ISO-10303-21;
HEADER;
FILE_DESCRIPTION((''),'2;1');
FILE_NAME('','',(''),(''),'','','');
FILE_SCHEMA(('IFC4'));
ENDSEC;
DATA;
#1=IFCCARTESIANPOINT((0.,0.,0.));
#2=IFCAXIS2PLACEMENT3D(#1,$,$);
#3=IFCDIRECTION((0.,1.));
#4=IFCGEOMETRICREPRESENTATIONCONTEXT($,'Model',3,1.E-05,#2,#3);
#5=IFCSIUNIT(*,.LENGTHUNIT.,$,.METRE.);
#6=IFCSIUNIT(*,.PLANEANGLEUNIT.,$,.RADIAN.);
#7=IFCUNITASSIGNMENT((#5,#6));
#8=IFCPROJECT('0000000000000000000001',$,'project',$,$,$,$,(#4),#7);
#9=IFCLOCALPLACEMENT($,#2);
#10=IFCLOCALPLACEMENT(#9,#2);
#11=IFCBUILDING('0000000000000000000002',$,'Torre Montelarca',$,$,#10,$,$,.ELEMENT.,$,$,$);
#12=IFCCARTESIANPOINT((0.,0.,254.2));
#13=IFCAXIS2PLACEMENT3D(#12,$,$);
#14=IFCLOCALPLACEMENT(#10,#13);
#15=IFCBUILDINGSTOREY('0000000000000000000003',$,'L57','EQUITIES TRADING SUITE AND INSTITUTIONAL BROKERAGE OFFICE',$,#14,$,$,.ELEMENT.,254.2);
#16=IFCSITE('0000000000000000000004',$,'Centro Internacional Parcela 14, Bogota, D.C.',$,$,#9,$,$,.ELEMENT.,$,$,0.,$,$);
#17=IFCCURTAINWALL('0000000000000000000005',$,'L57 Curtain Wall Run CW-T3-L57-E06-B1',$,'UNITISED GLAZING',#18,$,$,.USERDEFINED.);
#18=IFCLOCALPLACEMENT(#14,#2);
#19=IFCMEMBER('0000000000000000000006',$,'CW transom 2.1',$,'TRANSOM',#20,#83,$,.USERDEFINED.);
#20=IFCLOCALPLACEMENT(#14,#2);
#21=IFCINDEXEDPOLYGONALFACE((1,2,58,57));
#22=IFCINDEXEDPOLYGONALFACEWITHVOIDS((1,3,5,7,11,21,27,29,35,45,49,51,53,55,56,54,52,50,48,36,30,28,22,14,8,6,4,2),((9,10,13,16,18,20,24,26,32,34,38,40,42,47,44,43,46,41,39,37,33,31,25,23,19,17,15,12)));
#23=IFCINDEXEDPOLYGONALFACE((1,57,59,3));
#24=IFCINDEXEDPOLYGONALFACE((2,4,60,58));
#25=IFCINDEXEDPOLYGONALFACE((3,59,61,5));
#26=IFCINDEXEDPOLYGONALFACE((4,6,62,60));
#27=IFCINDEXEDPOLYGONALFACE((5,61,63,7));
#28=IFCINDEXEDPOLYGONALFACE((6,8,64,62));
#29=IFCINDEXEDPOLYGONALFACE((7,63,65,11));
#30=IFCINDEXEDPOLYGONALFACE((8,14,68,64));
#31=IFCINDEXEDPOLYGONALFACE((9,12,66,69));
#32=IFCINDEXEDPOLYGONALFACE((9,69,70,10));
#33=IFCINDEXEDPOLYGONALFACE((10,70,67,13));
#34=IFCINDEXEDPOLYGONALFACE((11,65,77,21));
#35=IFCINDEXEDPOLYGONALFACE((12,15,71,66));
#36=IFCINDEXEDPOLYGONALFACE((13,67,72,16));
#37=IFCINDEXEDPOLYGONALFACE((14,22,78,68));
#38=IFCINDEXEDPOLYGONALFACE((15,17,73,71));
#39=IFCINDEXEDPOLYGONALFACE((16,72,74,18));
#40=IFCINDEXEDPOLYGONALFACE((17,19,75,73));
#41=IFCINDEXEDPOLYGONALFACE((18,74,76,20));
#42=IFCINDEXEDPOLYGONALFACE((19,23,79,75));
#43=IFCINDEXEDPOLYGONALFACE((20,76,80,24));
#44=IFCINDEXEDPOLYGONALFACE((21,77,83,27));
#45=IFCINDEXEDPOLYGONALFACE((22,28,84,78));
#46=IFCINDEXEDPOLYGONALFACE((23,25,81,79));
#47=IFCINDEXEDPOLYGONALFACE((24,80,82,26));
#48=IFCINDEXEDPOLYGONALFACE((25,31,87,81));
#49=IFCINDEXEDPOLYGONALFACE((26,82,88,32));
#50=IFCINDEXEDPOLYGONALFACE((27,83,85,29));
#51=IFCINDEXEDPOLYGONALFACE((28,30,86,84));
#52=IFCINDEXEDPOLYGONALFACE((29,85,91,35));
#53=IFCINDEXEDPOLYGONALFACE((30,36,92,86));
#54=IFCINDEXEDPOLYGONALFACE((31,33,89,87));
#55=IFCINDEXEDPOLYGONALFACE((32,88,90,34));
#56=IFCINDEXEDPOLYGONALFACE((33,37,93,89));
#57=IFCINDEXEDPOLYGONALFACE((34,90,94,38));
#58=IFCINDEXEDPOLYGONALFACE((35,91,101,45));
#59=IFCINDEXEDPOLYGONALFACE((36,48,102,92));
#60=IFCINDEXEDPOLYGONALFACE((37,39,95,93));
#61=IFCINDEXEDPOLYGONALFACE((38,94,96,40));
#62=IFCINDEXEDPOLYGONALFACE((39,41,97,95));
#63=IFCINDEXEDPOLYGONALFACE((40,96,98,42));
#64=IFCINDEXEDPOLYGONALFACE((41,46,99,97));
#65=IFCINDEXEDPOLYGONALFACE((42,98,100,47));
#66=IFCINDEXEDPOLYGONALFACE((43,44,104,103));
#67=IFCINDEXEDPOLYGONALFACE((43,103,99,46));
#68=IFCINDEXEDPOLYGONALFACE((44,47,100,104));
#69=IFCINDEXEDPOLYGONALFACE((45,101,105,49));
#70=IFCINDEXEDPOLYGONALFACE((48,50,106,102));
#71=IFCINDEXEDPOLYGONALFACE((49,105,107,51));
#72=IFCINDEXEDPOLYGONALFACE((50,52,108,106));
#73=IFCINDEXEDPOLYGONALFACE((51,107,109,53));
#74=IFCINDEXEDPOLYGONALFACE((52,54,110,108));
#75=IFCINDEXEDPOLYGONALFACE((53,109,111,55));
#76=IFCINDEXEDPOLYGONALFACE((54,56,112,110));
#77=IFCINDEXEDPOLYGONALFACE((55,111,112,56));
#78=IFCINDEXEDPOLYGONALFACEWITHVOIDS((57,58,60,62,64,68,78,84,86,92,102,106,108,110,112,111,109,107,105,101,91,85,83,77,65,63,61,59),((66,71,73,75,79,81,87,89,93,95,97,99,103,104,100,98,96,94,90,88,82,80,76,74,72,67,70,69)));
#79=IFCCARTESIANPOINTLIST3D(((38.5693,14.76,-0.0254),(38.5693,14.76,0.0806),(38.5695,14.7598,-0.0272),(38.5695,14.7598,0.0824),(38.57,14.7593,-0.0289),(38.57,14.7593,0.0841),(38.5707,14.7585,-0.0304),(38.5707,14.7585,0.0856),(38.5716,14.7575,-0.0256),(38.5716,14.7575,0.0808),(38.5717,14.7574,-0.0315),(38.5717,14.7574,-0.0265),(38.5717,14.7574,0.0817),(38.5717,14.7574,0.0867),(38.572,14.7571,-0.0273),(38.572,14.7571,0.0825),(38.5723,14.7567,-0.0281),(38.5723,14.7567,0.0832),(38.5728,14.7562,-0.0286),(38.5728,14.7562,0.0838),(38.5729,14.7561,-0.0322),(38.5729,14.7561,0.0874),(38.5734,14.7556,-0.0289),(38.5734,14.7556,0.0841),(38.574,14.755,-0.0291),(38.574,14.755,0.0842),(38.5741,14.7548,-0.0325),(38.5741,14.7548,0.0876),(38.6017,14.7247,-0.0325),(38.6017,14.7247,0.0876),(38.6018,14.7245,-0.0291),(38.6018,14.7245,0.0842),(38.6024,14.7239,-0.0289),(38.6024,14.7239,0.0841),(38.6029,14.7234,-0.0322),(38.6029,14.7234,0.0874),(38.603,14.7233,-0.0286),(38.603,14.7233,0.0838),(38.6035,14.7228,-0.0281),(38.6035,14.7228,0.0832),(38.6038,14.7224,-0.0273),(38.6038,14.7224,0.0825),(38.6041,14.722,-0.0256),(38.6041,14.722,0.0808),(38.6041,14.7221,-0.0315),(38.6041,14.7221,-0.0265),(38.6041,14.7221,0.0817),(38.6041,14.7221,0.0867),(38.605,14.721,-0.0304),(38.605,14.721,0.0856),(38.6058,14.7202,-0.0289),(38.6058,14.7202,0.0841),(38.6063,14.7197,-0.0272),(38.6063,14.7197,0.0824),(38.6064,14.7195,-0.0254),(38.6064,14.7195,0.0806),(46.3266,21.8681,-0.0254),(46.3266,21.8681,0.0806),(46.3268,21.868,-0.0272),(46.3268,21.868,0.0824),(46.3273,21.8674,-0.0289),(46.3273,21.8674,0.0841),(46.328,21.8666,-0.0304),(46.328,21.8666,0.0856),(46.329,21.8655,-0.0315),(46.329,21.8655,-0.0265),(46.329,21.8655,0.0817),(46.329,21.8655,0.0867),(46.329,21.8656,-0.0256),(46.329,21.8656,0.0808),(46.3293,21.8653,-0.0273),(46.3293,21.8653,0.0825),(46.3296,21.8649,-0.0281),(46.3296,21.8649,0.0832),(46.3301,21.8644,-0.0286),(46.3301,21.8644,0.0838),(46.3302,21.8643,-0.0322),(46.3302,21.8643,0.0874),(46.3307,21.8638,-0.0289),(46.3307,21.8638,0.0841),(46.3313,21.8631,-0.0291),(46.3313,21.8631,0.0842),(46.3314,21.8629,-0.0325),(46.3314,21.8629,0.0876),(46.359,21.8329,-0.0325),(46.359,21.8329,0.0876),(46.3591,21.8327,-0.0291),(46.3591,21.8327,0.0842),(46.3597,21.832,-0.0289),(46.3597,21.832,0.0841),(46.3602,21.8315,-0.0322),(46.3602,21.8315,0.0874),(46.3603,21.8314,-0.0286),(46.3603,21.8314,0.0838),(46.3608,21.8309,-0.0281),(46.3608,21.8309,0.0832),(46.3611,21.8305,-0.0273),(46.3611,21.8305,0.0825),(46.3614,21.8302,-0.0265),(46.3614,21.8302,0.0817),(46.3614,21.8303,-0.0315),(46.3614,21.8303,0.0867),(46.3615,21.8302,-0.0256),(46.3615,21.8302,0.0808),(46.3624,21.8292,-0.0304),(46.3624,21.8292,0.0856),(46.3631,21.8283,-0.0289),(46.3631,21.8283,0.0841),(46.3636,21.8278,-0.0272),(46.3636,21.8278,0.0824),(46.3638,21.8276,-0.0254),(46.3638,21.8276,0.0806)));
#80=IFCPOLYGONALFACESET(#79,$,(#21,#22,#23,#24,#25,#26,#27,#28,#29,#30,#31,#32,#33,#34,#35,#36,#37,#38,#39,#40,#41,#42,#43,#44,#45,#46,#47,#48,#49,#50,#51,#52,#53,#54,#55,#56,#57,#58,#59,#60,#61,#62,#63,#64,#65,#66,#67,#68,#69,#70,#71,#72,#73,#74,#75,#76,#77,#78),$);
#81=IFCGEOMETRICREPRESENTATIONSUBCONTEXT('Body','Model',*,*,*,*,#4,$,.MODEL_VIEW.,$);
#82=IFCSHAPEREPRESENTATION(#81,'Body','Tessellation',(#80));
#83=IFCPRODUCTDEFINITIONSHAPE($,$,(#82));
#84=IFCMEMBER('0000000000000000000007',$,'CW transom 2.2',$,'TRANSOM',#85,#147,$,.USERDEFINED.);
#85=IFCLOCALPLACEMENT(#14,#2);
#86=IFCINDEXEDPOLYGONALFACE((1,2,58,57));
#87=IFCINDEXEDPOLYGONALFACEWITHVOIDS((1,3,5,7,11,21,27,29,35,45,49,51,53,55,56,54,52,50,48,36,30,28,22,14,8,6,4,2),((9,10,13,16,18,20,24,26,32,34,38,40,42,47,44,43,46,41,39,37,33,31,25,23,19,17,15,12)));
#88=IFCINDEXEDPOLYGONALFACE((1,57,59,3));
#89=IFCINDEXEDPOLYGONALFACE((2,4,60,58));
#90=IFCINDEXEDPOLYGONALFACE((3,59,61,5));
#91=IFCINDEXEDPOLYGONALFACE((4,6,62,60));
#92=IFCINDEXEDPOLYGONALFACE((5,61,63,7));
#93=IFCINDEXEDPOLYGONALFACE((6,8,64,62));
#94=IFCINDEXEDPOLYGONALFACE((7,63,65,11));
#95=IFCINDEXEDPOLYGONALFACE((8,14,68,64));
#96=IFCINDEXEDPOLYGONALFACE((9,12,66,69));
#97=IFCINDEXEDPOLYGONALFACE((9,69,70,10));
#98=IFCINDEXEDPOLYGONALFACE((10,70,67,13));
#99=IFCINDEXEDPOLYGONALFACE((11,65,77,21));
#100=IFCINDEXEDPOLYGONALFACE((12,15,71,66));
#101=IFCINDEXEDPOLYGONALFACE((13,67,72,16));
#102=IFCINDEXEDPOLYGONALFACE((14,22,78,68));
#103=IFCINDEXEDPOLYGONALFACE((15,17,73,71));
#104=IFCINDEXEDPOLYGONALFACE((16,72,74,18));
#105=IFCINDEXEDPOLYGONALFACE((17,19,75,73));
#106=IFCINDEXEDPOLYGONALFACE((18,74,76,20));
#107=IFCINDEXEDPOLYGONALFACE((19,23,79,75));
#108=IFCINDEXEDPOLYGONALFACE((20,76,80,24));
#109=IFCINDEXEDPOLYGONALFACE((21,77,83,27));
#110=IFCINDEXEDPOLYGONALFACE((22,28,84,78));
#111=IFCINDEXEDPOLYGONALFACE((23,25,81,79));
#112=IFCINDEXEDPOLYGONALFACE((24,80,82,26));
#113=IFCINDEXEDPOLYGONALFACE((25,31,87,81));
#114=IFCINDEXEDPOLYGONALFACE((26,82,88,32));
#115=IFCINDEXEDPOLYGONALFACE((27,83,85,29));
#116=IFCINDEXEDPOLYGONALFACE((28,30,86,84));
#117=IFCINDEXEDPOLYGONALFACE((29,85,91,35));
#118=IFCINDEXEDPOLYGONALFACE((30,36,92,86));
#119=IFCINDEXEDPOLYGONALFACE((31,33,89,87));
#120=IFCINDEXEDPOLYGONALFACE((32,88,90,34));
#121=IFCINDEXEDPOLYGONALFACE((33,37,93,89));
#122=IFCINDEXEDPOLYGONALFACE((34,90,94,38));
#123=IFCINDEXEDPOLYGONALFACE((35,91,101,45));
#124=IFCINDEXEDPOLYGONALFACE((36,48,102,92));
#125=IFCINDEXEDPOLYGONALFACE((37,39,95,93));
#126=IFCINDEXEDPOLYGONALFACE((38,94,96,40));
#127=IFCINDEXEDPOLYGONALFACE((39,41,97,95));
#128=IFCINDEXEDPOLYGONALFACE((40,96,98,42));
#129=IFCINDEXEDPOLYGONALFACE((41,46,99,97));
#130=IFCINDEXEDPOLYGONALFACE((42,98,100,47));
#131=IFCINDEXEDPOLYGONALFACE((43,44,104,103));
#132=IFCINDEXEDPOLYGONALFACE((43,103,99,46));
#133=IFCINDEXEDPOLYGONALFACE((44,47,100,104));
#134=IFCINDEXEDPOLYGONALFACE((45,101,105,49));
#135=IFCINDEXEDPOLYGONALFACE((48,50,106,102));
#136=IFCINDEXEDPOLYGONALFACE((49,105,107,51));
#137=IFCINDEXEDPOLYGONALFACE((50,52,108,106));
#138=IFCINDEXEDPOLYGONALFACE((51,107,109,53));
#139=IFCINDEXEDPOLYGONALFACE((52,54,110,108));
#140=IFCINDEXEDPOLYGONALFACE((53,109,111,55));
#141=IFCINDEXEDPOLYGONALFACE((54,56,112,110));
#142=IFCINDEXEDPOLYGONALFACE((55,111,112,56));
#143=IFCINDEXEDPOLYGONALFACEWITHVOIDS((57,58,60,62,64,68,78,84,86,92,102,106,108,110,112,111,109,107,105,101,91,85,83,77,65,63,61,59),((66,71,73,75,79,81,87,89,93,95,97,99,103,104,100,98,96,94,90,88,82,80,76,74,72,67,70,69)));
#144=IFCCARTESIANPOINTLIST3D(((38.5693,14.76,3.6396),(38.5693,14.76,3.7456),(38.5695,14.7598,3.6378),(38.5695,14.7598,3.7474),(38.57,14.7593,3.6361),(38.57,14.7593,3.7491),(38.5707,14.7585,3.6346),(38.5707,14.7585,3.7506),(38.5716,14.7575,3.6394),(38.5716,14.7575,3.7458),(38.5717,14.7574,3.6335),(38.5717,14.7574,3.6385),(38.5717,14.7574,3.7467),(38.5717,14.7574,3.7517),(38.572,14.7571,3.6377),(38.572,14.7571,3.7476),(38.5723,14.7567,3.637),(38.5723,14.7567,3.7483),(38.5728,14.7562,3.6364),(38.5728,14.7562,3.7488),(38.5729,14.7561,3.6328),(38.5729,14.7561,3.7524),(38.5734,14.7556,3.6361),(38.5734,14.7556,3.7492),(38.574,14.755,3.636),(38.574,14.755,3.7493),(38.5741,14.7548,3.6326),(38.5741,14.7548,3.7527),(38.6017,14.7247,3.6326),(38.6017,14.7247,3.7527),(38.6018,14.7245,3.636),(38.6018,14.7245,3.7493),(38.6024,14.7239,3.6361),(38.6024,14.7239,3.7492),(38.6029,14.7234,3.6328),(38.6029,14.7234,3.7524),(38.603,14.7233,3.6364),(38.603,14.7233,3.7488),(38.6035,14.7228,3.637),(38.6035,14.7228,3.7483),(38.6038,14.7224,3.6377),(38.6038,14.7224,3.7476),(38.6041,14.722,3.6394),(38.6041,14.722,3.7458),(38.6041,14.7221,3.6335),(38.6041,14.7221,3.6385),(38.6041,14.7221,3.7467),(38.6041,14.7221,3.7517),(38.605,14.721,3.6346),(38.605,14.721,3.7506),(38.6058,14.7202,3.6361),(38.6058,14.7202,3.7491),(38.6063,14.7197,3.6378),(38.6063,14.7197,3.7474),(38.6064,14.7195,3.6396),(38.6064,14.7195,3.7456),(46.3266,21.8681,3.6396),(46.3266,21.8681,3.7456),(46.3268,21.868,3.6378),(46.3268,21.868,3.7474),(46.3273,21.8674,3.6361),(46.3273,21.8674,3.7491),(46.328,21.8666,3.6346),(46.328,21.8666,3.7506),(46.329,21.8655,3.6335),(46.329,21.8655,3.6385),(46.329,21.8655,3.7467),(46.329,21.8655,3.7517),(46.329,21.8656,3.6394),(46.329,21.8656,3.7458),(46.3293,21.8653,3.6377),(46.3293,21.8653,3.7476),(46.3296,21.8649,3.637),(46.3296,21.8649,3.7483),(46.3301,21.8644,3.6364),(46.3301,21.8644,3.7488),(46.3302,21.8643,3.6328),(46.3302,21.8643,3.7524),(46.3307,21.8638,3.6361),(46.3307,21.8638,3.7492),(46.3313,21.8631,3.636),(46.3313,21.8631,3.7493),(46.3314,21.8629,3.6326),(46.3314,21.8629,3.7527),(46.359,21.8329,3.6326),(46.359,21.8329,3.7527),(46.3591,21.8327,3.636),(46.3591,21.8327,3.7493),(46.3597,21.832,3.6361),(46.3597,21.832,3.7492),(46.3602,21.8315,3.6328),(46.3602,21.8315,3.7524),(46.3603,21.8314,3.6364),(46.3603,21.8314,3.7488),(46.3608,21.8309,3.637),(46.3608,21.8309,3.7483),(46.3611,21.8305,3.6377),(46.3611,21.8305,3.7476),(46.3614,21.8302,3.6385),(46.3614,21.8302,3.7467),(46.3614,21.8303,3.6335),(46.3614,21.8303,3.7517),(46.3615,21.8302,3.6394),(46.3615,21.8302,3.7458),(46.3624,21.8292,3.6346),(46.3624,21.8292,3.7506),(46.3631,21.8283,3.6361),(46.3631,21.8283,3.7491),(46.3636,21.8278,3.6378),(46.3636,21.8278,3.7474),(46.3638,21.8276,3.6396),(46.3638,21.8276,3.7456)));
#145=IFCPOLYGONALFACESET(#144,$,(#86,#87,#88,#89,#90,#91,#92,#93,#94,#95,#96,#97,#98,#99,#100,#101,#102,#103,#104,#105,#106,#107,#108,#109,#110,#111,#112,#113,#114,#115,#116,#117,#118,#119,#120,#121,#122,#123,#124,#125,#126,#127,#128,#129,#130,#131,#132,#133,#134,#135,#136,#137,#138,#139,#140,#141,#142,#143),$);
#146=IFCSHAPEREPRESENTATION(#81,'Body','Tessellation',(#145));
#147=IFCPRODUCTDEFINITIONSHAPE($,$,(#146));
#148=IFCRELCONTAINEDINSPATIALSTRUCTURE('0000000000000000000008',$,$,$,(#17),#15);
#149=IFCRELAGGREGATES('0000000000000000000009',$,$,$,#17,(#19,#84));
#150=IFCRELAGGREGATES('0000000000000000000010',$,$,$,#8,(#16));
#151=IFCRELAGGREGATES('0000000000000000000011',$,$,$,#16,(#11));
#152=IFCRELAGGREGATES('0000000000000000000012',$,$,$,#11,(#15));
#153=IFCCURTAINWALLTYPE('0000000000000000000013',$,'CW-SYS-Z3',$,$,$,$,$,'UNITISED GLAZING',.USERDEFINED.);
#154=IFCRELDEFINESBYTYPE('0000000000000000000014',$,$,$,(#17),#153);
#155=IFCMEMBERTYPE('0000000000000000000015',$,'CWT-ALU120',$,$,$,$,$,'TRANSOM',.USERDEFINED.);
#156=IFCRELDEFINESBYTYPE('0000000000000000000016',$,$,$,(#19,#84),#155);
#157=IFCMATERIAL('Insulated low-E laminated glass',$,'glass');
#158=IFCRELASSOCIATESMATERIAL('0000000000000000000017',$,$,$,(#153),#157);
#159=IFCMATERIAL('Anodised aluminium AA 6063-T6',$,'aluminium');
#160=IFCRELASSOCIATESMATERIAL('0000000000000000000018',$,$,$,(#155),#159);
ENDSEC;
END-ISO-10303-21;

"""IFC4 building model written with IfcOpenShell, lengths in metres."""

from ifc_helpers import new_model, si_unit, direction, frame, origin, origin_2d, place, context, subcontext, project, spatial, hollow_rectangle, extrude, source, transform, mapped, material, material_profile, profile_set, type_object, element, aggregate, save


model = new_model("IFC4")

# Units and contexts
model_context = context("Model", 3, precision=1e-05, world=origin(), true_north=direction((0.0, 1.0)))
body_context = subcontext(model_context, "Body", "Model", "MODEL_VIEW")
ifc_project = project(units=[si_unit("LENGTHUNIT", "METRE"), si_unit("PLANEANGLEUNIT", "RADIAN")], contexts=[model_context])

# Site, building, storey
site_placement = place(None, origin())
site = spatial("IfcSite", under=ifc_project, at=site_placement, Name="Centro Internacional Parcela 14, Bogota, D.C.", CompositionType="ELEMENT", RefElevation=0.0)
building_placement = place(site_placement, origin())
building = spatial("IfcBuilding", under=site, at=building_placement, Name="Torre Montelarca", CompositionType="ELEMENT")
storey_placement = place(building_placement, frame((0.0, 0.0, 254.2)))
storey = spatial("IfcBuildingStorey", under=building, at=storey_placement, Name="L57", Description="EQUITIES TRADING SUITE AND INSTITUTIONAL BROKERAGE OFFICE", CompositionType="ELEMENT", Elevation=254.2)

# Curtain wall
ifc_material_1 = material(Name="Insulated low-E laminated glass", Category="glass")
curtain_wall_type = type_object("IfcCurtainWallType", Name="CW-SYS-Z3", ElementType="UNITISED GLAZING", PredefinedType="USERDEFINED", material=ifc_material_1)
ifc_material_2 = material(Name="Anodised aluminium AA 6063-T6", Category="aluminium")
ifc_material_profile_1 = material_profile(ifc_material_2, hollow_rectangle(XDim=0.0549, YDim=0.1201, WallThickness=0.0034, InnerFilletRadius=0.0034, OuterFilletRadius=0.0071, at=origin_2d()), Name="ALU55X120X3.5", Category="aluminium")
ifc_profile_set_1 = profile_set([ifc_material_profile_1], Name="Anodised aluminium AA 6063-T6")
member_type_1 = type_object("IfcMemberType", Name="CWT-ALU120", ElementType="TRANSOM", PredefinedType="USERDEFINED", material=ifc_profile_set_1)
curtain_wall_1_placement = place(storey_placement, origin())
curtain_wall_1 = element("IfcCurtainWall", 1, at=curtain_wall_1_placement, inside=storey, type_object=curtain_wall_type, Name="L57 Curtain Wall Run CW-T3-L57-E06-B1", ObjectType="UNITISED GLAZING", PredefinedType="USERDEFINED")

# Members
shared_shape_1 = source(origin(), body_context, "Body", "SweptSolid", [
    extrude(hollow_rectangle(XDim=0.0549, YDim=0.1201, WallThickness=0.0034, InnerFilletRadius=0.0034, OuterFilletRadius=0.0071, at=origin_2d()), origin(), (0.0, 0.0, 1.0), 10.5215),
])
member_1_placement = place(storey_placement, frame((38.5879, 14.7397, 0.0276), z_axis=(0.737283, 0.675584, 0.0), x_axis=(-0.675584, 0.737283, 0.0)))
member_1 = element("IfcMember", 2, at=member_1_placement, type_object=member_type_1, Name="CW transom 2.1", ObjectType="TRANSOM", PredefinedType="USERDEFINED", context=body_context, shape_type="MappedRepresentation", body=[
    mapped(shared_shape_1, transform((0.0, 0.0, 0.0), scale=1.0)),
])
member_2_placement = place(storey_placement, frame((38.5879, 14.7397, 3.6926), z_axis=(0.737283, 0.675584, 0.0), x_axis=(-0.675584, 0.737283, 0.0)))
member_2 = element("IfcMember", 3, at=member_2_placement, type_object=member_type_1, Name="CW transom 2.2", ObjectType="TRANSOM", PredefinedType="USERDEFINED", context=body_context, shape_type="MappedRepresentation", body=[
    mapped(shared_shape_1, transform((0.0, 0.0, 0.0), scale=1.0)),
])

aggregate(curtain_wall_1, [member_1, member_2])

save(model, "model.ifc")
